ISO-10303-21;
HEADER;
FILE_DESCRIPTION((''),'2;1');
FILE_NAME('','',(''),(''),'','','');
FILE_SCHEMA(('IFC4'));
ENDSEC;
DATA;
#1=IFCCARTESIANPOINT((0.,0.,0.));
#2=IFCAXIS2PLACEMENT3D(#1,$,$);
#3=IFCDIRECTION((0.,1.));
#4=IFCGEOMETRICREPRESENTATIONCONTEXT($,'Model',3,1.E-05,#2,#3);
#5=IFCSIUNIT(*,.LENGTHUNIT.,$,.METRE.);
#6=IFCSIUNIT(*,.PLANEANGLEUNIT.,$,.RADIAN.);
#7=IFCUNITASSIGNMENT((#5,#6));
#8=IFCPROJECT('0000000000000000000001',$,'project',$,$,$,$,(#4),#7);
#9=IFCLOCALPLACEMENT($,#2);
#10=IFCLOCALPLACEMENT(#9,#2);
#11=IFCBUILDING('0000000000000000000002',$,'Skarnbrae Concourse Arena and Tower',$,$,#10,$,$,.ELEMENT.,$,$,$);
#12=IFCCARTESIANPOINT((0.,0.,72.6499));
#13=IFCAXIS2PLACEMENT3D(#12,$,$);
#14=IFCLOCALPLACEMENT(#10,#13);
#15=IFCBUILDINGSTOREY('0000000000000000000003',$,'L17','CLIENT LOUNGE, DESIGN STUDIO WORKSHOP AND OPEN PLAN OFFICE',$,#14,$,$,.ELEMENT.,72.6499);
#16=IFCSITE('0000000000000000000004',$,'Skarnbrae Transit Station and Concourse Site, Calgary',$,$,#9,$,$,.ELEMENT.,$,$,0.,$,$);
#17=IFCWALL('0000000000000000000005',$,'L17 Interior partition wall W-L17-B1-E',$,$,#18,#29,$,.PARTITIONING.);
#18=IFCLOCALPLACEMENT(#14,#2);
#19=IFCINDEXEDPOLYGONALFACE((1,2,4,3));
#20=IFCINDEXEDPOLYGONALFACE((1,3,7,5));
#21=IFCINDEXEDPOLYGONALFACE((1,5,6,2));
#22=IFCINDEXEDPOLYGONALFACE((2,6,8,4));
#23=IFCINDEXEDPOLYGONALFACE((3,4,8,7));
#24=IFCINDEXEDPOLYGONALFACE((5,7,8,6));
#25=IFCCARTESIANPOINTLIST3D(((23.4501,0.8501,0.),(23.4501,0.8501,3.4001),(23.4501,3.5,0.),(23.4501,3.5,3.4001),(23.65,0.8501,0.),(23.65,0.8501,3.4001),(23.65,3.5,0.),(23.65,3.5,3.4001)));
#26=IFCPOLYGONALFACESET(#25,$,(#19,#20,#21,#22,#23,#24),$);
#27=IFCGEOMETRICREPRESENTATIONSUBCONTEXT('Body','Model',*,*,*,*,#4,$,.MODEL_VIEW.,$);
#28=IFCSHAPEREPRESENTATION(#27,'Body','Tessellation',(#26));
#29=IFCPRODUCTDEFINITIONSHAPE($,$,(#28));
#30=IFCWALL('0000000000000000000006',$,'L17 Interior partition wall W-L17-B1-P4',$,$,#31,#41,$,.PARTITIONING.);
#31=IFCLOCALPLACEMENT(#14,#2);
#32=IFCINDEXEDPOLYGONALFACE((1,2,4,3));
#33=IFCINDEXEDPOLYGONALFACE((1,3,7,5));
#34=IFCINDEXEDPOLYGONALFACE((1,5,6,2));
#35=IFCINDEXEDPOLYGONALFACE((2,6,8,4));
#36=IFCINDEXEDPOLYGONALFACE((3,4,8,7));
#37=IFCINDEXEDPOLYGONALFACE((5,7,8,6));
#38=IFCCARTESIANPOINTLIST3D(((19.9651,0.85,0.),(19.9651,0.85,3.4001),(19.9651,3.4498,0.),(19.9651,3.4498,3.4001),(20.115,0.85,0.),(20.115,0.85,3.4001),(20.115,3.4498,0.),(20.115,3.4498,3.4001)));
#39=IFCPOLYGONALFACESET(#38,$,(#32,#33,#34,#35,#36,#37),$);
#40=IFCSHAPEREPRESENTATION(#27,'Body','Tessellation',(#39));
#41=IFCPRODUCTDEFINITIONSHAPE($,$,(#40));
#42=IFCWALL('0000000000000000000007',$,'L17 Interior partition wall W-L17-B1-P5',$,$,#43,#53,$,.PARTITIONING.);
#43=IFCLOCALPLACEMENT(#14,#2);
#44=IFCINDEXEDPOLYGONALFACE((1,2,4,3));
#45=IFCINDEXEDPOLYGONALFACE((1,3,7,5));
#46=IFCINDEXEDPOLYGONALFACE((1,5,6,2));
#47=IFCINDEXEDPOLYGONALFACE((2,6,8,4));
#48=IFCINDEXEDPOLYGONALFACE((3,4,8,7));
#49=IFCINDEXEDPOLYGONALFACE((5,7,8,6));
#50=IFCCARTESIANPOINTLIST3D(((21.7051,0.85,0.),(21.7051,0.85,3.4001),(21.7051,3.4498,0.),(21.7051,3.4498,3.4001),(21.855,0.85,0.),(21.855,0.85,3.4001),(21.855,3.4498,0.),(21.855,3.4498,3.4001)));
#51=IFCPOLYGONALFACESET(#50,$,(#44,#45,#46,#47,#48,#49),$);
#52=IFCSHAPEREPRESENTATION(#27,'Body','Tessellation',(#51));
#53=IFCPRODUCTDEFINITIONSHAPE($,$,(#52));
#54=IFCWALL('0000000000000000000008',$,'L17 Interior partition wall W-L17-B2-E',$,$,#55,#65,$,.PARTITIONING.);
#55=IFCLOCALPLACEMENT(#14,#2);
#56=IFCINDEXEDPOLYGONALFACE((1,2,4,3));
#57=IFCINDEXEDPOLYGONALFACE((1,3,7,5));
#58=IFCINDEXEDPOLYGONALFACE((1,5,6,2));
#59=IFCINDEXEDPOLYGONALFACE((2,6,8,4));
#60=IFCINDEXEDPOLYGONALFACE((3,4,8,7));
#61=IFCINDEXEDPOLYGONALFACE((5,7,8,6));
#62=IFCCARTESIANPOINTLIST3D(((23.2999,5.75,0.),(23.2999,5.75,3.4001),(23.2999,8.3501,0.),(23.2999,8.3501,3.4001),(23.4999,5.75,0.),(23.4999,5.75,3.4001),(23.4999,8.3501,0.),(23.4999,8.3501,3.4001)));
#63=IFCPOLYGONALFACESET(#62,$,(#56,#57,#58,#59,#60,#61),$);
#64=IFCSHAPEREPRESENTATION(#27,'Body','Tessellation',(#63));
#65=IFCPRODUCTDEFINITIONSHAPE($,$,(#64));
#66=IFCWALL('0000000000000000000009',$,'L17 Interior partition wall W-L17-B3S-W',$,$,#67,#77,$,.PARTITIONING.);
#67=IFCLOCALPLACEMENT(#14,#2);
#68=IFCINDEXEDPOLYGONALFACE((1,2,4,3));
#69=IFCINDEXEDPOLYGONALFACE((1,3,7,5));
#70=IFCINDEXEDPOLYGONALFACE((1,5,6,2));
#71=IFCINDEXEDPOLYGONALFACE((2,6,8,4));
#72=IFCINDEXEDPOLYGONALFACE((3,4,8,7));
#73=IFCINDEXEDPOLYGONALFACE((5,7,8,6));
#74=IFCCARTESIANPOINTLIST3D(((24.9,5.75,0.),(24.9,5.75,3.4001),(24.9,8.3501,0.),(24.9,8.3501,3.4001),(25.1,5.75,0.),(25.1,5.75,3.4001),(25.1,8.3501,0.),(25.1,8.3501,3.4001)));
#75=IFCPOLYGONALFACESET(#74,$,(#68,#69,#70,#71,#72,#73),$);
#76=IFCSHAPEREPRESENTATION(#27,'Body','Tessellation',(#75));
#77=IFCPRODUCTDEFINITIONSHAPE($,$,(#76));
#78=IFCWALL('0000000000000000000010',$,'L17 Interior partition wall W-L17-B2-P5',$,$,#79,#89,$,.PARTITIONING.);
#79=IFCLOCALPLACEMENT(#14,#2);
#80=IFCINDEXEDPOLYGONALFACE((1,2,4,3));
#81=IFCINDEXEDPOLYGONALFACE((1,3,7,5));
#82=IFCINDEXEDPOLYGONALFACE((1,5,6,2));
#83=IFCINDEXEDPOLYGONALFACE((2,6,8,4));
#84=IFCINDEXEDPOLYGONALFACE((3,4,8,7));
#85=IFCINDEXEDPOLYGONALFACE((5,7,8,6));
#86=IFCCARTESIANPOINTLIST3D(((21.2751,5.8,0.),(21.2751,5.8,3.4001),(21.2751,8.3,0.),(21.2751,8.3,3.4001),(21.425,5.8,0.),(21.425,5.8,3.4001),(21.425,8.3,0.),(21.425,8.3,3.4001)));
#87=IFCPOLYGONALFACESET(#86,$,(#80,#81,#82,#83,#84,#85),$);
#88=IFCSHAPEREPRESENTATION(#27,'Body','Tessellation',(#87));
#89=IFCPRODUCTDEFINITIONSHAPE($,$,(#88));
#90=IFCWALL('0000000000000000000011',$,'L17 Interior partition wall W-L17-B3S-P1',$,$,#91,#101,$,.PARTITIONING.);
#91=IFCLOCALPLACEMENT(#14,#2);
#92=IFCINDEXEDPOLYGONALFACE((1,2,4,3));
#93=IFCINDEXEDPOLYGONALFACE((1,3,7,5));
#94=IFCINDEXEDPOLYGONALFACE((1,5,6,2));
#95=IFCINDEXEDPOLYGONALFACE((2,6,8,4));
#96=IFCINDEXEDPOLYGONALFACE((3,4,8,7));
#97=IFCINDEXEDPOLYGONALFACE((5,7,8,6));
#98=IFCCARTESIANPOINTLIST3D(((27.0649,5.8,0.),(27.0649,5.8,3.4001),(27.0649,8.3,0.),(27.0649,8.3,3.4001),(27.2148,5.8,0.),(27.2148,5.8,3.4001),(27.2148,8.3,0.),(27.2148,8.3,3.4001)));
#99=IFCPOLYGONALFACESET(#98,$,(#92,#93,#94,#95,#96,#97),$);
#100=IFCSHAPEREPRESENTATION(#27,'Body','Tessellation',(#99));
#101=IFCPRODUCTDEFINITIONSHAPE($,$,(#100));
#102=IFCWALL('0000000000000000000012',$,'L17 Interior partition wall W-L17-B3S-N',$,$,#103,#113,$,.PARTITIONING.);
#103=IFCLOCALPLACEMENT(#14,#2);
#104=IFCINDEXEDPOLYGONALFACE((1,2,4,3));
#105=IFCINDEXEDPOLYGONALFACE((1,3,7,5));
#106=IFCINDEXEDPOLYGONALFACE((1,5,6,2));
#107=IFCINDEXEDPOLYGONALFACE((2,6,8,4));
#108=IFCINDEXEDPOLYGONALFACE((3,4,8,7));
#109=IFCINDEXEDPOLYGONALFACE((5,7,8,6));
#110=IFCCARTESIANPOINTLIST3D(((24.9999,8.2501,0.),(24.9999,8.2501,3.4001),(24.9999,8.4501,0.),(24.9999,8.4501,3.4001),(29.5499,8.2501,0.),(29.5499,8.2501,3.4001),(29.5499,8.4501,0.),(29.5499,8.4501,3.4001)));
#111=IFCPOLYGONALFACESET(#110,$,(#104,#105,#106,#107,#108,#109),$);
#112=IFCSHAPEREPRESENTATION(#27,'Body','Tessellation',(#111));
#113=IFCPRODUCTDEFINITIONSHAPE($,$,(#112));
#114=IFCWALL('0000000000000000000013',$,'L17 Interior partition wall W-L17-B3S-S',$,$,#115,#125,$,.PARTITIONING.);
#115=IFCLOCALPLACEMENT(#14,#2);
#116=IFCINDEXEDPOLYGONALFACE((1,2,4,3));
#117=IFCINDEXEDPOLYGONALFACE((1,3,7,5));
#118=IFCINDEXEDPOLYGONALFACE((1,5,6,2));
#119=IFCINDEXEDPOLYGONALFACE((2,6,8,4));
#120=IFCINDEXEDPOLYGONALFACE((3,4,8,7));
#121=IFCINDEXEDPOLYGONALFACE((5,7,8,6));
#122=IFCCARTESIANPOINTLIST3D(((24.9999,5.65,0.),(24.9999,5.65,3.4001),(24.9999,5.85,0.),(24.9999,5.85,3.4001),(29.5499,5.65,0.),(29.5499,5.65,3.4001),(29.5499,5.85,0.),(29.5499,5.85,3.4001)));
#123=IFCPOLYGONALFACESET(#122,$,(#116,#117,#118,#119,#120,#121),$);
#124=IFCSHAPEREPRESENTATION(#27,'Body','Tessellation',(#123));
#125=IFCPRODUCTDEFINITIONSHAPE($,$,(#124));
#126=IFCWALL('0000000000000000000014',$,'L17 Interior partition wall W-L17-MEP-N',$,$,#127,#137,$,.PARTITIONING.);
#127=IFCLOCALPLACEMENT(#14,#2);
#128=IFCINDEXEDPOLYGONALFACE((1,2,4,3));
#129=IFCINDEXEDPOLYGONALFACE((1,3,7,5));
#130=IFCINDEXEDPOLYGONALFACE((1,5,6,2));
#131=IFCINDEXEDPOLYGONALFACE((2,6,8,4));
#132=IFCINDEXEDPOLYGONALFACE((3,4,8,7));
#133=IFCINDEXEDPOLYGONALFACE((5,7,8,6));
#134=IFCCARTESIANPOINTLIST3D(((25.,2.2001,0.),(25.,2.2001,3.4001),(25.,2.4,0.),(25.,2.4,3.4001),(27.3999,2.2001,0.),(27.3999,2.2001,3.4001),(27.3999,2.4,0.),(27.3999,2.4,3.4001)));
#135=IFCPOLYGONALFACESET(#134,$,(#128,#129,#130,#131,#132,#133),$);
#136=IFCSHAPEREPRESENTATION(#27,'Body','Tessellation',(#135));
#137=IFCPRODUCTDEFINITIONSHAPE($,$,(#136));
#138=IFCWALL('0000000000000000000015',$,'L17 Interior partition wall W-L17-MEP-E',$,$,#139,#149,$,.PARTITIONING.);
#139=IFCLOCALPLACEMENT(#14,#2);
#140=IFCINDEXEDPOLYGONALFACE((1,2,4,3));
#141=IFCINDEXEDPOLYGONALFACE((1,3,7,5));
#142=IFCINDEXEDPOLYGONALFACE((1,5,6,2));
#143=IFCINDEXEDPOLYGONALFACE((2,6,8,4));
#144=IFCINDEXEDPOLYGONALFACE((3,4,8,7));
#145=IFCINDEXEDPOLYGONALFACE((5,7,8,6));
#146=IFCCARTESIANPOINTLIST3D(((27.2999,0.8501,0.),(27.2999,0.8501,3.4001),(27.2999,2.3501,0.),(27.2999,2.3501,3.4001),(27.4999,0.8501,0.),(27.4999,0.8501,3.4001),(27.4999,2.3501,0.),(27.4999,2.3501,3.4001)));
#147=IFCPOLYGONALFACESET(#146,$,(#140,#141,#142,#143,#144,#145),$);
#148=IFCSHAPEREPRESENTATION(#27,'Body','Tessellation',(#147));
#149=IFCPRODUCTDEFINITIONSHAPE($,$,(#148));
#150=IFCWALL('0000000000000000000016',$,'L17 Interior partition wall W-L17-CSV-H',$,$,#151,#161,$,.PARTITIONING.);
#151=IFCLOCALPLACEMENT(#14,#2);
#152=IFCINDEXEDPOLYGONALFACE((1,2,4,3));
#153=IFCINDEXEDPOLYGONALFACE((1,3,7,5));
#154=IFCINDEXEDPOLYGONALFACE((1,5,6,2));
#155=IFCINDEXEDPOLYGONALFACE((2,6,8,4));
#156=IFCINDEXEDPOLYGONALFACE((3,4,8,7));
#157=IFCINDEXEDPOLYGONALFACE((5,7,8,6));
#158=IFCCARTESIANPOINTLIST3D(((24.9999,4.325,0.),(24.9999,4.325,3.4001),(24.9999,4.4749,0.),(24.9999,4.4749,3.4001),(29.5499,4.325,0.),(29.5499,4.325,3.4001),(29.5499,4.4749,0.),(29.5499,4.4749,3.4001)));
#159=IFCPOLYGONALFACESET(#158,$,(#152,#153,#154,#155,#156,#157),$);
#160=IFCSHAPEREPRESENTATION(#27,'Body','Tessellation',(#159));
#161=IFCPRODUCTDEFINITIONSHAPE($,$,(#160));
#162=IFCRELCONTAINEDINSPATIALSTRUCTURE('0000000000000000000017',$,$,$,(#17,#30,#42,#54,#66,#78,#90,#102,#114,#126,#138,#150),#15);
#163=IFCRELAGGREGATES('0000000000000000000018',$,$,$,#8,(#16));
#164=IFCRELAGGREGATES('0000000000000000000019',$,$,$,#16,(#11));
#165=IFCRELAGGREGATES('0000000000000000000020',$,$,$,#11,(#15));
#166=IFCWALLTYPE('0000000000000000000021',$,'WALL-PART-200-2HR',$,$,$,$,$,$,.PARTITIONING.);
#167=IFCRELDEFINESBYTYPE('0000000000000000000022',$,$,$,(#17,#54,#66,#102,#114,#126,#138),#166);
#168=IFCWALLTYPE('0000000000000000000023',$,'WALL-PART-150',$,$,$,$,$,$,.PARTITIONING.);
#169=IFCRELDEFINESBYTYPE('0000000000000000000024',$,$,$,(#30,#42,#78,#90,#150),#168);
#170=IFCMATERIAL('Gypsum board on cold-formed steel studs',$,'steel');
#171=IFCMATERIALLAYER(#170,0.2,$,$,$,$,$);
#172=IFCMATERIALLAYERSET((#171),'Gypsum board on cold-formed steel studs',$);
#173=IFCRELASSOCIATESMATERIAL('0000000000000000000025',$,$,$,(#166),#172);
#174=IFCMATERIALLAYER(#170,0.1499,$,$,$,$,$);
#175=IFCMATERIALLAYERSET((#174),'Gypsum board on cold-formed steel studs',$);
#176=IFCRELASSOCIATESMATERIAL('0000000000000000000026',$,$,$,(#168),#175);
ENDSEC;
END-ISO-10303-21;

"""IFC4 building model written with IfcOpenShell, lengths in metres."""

from ifc_helpers import new_model, si_unit, direction, frame, frame_2d, origin, place, context, subcontext, project, spatial, rectangle, extrude, source, transform, mapped, material, layer, layer_set, type_object, element, save


model = new_model("IFC4")

# Units and contexts
model_context = context("Model", 3, precision=1e-05, world=origin(), true_north=direction((0.0, 1.0)))
body_context = subcontext(model_context, "Body", "Model", "MODEL_VIEW")
ifc_project = project(units=[si_unit("LENGTHUNIT", "METRE"), si_unit("PLANEANGLEUNIT", "RADIAN")], contexts=[model_context])

# Site, building, storey
site_placement = place(None, origin())
site = spatial("IfcSite", under=ifc_project, at=site_placement, Name="Skarnbrae Transit Station and Concourse Site, Calgary", CompositionType="ELEMENT", RefElevation=0.0)
building_placement = place(site_placement, origin())
building = spatial("IfcBuilding", under=site, at=building_placement, Name="Skarnbrae Concourse Arena and Tower", CompositionType="ELEMENT")
storey_placement = place(building_placement, frame((0.0, 0.0, 72.6499)))
storey = spatial("IfcBuildingStorey", under=building, at=storey_placement, Name="L17", Description="CLIENT LOUNGE, DESIGN STUDIO WORKSHOP AND OPEN PLAN OFFICE", CompositionType="ELEMENT", Elevation=72.6499)

# Walls
ifc_material_1 = material(Name="Gypsum board on cold-formed steel studs", Category="steel")
ifc_layer_1 = layer(ifc_material_1, 0.2)
ifc_layer_set_1 = layer_set([ifc_layer_1], Name="Gypsum board on cold-formed steel studs")
wall_type_1 = type_object("IfcWallType", Name="WALL-PART-200-2HR", PredefinedType="PARTITIONING", material=ifc_layer_set_1)
shared_shape_1 = source(origin(), body_context, "Body", "SweptSolid", [
    extrude(rectangle(XDim=2.6499, YDim=0.2, at=frame_2d((1.325, 0.0))), origin(), (0.0, 0.0, 1.0), 3.4001),
])
wall_1_placement = place(storey_placement, frame((23.55, 0.8501, 0.0), z_axis=(0.0, 0.0, 1.0), x_axis=(0.0, 1.0, 0.0)))
element("IfcWall", 1, at=wall_1_placement, inside=storey, type_object=wall_type_1, Name="L17 Interior partition wall W-L17-B1-E", PredefinedType="PARTITIONING", context=body_context, shape_type="MappedRepresentation", body=[
    mapped(shared_shape_1, transform((0.0, 0.0, 0.0))),
])
ifc_layer_2 = layer(ifc_material_1, 0.1499)
ifc_layer_set_2 = layer_set([ifc_layer_2], Name="Gypsum board on cold-formed steel studs")
wall_type_2 = type_object("IfcWallType", Name="WALL-PART-150", PredefinedType="PARTITIONING", material=ifc_layer_set_2)
shared_shape_2 = source(origin(), body_context, "Body", "SweptSolid", [
    extrude(rectangle(XDim=2.5999, YDim=0.1499, at=frame_2d((1.2998, 0.0))), origin(), (0.0, 0.0, 1.0), 3.4001),
])
for number, where, z_axis, x_axis, name in (
    (2, (20.04, 0.8501, 0.0), (0.0, 0.0, 1.0), (0.0, 1.0, 0.0), "L17 Interior partition wall W-L17-B1-P4"),
    (3, (21.78, 0.8501, 0.0), (0.0, 0.0, 1.0), (0.0, 1.0, 0.0), "L17 Interior partition wall W-L17-B1-P5"),
):
    element("IfcWall", number, at=place(storey_placement, frame(where, z_axis=z_axis, x_axis=x_axis)), inside=storey, type_object=wall_type_2, Name=name, PredefinedType="PARTITIONING", context=body_context, shape_type="MappedRepresentation", body=[
        mapped(shared_shape_2, transform((0.0, 0.0, 0.0))),
    ])
shared_shape_3 = source(origin(), body_context, "Body", "SweptSolid", [
    extrude(rectangle(XDim=2.6001, YDim=0.2, at=frame_2d((1.3, 0.0))), origin(), (0.0, 0.0, 1.0), 3.4001),
])
for number, where, z_axis, x_axis, name in (
    (4, (23.3999, 5.75, 0.0), (0.0, 0.0, 1.0), (0.0, 1.0, 0.0), "L17 Interior partition wall W-L17-B2-E"),
    (5, (25.0, 5.75, 0.0), (0.0, 0.0, 1.0), (0.0, 1.0, 0.0), "L17 Interior partition wall W-L17-B3S-W"),
):
    element("IfcWall", number, at=place(storey_placement, frame(where, z_axis=z_axis, x_axis=x_axis)), inside=storey, type_object=wall_type_1, Name=name, PredefinedType="PARTITIONING", context=body_context, shape_type="MappedRepresentation", body=[
        mapped(shared_shape_3, transform((0.0, 0.0, 0.0))),
    ])
shared_shape_4 = source(origin(), body_context, "Body", "SweptSolid", [
    extrude(rectangle(XDim=2.5, YDim=0.1499, at=frame_2d((1.25, 0.0))), origin(), (0.0, 0.0, 1.0), 3.4001),
])
for number, where, z_axis, x_axis, name in (
    (6, (21.3501, 5.8, 0.0), (0.0, 0.0, 1.0), (0.0, 1.0, 0.0), "L17 Interior partition wall W-L17-B2-P5"),
    (7, (27.1399, 5.8, 0.0), (0.0, 0.0, 1.0), (0.0, 1.0, 0.0), "L17 Interior partition wall W-L17-B3S-P1"),
):
    element("IfcWall", number, at=place(storey_placement, frame(where, z_axis=z_axis, x_axis=x_axis)), inside=storey, type_object=wall_type_2, Name=name, PredefinedType="PARTITIONING", context=body_context, shape_type="MappedRepresentation", body=[
        mapped(shared_shape_4, transform((0.0, 0.0, 0.0))),
    ])
shared_shape_5 = source(origin(), body_context, "Body", "SweptSolid", [
    extrude(rectangle(XDim=4.55, YDim=0.2, at=frame_2d((2.2749, 0.0))), origin(), (0.0, 0.0, 1.0), 3.4001),
])
for number, where, z_axis, x_axis, name in (
    (8, (25.0, 8.3501, 0.0), (0.0, 0.0, 1.0), (1.0, 0.0, 0.0), "L17 Interior partition wall W-L17-B3S-N"),
    (9, (25.0, 5.75, 0.0), (0.0, 0.0, 1.0), (1.0, 0.0, 0.0), "L17 Interior partition wall W-L17-B3S-S"),
):
    element("IfcWall", number, at=place(storey_placement, frame(where, z_axis=z_axis, x_axis=x_axis)), inside=storey, type_object=wall_type_1, Name=name, PredefinedType="PARTITIONING", context=body_context, shape_type="MappedRepresentation", body=[
        mapped(shared_shape_5, transform((0.0, 0.0, 0.0))),
    ])

# Walls
shared_shape_6 = source(origin(), body_context, "Body", "SweptSolid", [
    extrude(rectangle(XDim=2.3999, YDim=0.2, at=frame_2d((1.2, 0.0))), origin(), (0.0, 0.0, 1.0), 3.4001),
])
wall_2_placement = place(storey_placement, frame((25.0, 2.3, 0.0), z_axis=(0.0, 0.0, 1.0), x_axis=(1.0, 0.0, 0.0)))
element("IfcWall", 10, at=wall_2_placement, inside=storey, type_object=wall_type_1, Name="L17 Interior partition wall W-L17-MEP-N", PredefinedType="PARTITIONING", context=body_context, shape_type="MappedRepresentation", body=[
    mapped(shared_shape_6, transform((0.0, 0.0, 0.0))),
])
shared_shape_7 = source(origin(), body_context, "Body", "SweptSolid", [
    extrude(rectangle(XDim=1.5, YDim=0.2, at=frame_2d((0.75, 0.0))), origin(), (0.0, 0.0, 1.0), 3.4001),
])
wall_3_placement = place(storey_placement, frame((27.3999, 0.8501, 0.0), z_axis=(0.0, 0.0, 1.0), x_axis=(0.0, 1.0, 0.0)))
element("IfcWall", 11, at=wall_3_placement, inside=storey, type_object=wall_type_1, Name="L17 Interior partition wall W-L17-MEP-E", PredefinedType="PARTITIONING", context=body_context, shape_type="MappedRepresentation", body=[
    mapped(shared_shape_7, transform((0.0, 0.0, 0.0))),
])
shared_shape_8 = source(origin(), body_context, "Body", "SweptSolid", [
    extrude(rectangle(XDim=4.55, YDim=0.1499, at=frame_2d((2.2749, 0.0))), origin(), (0.0, 0.0, 1.0), 3.4001),
])
wall_4_placement = place(storey_placement, frame((25.0, 4.3999, 0.0), z_axis=(0.0, 0.0, 1.0), x_axis=(1.0, 0.0, 0.0)))
element("IfcWall", 12, at=wall_4_placement, inside=storey, type_object=wall_type_2, Name="L17 Interior partition wall W-L17-CSV-H", PredefinedType="PARTITIONING", context=body_context, shape_type="MappedRepresentation", body=[
    mapped(shared_shape_8, transform((0.0, 0.0, 0.0))),
])

save(model, "model.ifc")
